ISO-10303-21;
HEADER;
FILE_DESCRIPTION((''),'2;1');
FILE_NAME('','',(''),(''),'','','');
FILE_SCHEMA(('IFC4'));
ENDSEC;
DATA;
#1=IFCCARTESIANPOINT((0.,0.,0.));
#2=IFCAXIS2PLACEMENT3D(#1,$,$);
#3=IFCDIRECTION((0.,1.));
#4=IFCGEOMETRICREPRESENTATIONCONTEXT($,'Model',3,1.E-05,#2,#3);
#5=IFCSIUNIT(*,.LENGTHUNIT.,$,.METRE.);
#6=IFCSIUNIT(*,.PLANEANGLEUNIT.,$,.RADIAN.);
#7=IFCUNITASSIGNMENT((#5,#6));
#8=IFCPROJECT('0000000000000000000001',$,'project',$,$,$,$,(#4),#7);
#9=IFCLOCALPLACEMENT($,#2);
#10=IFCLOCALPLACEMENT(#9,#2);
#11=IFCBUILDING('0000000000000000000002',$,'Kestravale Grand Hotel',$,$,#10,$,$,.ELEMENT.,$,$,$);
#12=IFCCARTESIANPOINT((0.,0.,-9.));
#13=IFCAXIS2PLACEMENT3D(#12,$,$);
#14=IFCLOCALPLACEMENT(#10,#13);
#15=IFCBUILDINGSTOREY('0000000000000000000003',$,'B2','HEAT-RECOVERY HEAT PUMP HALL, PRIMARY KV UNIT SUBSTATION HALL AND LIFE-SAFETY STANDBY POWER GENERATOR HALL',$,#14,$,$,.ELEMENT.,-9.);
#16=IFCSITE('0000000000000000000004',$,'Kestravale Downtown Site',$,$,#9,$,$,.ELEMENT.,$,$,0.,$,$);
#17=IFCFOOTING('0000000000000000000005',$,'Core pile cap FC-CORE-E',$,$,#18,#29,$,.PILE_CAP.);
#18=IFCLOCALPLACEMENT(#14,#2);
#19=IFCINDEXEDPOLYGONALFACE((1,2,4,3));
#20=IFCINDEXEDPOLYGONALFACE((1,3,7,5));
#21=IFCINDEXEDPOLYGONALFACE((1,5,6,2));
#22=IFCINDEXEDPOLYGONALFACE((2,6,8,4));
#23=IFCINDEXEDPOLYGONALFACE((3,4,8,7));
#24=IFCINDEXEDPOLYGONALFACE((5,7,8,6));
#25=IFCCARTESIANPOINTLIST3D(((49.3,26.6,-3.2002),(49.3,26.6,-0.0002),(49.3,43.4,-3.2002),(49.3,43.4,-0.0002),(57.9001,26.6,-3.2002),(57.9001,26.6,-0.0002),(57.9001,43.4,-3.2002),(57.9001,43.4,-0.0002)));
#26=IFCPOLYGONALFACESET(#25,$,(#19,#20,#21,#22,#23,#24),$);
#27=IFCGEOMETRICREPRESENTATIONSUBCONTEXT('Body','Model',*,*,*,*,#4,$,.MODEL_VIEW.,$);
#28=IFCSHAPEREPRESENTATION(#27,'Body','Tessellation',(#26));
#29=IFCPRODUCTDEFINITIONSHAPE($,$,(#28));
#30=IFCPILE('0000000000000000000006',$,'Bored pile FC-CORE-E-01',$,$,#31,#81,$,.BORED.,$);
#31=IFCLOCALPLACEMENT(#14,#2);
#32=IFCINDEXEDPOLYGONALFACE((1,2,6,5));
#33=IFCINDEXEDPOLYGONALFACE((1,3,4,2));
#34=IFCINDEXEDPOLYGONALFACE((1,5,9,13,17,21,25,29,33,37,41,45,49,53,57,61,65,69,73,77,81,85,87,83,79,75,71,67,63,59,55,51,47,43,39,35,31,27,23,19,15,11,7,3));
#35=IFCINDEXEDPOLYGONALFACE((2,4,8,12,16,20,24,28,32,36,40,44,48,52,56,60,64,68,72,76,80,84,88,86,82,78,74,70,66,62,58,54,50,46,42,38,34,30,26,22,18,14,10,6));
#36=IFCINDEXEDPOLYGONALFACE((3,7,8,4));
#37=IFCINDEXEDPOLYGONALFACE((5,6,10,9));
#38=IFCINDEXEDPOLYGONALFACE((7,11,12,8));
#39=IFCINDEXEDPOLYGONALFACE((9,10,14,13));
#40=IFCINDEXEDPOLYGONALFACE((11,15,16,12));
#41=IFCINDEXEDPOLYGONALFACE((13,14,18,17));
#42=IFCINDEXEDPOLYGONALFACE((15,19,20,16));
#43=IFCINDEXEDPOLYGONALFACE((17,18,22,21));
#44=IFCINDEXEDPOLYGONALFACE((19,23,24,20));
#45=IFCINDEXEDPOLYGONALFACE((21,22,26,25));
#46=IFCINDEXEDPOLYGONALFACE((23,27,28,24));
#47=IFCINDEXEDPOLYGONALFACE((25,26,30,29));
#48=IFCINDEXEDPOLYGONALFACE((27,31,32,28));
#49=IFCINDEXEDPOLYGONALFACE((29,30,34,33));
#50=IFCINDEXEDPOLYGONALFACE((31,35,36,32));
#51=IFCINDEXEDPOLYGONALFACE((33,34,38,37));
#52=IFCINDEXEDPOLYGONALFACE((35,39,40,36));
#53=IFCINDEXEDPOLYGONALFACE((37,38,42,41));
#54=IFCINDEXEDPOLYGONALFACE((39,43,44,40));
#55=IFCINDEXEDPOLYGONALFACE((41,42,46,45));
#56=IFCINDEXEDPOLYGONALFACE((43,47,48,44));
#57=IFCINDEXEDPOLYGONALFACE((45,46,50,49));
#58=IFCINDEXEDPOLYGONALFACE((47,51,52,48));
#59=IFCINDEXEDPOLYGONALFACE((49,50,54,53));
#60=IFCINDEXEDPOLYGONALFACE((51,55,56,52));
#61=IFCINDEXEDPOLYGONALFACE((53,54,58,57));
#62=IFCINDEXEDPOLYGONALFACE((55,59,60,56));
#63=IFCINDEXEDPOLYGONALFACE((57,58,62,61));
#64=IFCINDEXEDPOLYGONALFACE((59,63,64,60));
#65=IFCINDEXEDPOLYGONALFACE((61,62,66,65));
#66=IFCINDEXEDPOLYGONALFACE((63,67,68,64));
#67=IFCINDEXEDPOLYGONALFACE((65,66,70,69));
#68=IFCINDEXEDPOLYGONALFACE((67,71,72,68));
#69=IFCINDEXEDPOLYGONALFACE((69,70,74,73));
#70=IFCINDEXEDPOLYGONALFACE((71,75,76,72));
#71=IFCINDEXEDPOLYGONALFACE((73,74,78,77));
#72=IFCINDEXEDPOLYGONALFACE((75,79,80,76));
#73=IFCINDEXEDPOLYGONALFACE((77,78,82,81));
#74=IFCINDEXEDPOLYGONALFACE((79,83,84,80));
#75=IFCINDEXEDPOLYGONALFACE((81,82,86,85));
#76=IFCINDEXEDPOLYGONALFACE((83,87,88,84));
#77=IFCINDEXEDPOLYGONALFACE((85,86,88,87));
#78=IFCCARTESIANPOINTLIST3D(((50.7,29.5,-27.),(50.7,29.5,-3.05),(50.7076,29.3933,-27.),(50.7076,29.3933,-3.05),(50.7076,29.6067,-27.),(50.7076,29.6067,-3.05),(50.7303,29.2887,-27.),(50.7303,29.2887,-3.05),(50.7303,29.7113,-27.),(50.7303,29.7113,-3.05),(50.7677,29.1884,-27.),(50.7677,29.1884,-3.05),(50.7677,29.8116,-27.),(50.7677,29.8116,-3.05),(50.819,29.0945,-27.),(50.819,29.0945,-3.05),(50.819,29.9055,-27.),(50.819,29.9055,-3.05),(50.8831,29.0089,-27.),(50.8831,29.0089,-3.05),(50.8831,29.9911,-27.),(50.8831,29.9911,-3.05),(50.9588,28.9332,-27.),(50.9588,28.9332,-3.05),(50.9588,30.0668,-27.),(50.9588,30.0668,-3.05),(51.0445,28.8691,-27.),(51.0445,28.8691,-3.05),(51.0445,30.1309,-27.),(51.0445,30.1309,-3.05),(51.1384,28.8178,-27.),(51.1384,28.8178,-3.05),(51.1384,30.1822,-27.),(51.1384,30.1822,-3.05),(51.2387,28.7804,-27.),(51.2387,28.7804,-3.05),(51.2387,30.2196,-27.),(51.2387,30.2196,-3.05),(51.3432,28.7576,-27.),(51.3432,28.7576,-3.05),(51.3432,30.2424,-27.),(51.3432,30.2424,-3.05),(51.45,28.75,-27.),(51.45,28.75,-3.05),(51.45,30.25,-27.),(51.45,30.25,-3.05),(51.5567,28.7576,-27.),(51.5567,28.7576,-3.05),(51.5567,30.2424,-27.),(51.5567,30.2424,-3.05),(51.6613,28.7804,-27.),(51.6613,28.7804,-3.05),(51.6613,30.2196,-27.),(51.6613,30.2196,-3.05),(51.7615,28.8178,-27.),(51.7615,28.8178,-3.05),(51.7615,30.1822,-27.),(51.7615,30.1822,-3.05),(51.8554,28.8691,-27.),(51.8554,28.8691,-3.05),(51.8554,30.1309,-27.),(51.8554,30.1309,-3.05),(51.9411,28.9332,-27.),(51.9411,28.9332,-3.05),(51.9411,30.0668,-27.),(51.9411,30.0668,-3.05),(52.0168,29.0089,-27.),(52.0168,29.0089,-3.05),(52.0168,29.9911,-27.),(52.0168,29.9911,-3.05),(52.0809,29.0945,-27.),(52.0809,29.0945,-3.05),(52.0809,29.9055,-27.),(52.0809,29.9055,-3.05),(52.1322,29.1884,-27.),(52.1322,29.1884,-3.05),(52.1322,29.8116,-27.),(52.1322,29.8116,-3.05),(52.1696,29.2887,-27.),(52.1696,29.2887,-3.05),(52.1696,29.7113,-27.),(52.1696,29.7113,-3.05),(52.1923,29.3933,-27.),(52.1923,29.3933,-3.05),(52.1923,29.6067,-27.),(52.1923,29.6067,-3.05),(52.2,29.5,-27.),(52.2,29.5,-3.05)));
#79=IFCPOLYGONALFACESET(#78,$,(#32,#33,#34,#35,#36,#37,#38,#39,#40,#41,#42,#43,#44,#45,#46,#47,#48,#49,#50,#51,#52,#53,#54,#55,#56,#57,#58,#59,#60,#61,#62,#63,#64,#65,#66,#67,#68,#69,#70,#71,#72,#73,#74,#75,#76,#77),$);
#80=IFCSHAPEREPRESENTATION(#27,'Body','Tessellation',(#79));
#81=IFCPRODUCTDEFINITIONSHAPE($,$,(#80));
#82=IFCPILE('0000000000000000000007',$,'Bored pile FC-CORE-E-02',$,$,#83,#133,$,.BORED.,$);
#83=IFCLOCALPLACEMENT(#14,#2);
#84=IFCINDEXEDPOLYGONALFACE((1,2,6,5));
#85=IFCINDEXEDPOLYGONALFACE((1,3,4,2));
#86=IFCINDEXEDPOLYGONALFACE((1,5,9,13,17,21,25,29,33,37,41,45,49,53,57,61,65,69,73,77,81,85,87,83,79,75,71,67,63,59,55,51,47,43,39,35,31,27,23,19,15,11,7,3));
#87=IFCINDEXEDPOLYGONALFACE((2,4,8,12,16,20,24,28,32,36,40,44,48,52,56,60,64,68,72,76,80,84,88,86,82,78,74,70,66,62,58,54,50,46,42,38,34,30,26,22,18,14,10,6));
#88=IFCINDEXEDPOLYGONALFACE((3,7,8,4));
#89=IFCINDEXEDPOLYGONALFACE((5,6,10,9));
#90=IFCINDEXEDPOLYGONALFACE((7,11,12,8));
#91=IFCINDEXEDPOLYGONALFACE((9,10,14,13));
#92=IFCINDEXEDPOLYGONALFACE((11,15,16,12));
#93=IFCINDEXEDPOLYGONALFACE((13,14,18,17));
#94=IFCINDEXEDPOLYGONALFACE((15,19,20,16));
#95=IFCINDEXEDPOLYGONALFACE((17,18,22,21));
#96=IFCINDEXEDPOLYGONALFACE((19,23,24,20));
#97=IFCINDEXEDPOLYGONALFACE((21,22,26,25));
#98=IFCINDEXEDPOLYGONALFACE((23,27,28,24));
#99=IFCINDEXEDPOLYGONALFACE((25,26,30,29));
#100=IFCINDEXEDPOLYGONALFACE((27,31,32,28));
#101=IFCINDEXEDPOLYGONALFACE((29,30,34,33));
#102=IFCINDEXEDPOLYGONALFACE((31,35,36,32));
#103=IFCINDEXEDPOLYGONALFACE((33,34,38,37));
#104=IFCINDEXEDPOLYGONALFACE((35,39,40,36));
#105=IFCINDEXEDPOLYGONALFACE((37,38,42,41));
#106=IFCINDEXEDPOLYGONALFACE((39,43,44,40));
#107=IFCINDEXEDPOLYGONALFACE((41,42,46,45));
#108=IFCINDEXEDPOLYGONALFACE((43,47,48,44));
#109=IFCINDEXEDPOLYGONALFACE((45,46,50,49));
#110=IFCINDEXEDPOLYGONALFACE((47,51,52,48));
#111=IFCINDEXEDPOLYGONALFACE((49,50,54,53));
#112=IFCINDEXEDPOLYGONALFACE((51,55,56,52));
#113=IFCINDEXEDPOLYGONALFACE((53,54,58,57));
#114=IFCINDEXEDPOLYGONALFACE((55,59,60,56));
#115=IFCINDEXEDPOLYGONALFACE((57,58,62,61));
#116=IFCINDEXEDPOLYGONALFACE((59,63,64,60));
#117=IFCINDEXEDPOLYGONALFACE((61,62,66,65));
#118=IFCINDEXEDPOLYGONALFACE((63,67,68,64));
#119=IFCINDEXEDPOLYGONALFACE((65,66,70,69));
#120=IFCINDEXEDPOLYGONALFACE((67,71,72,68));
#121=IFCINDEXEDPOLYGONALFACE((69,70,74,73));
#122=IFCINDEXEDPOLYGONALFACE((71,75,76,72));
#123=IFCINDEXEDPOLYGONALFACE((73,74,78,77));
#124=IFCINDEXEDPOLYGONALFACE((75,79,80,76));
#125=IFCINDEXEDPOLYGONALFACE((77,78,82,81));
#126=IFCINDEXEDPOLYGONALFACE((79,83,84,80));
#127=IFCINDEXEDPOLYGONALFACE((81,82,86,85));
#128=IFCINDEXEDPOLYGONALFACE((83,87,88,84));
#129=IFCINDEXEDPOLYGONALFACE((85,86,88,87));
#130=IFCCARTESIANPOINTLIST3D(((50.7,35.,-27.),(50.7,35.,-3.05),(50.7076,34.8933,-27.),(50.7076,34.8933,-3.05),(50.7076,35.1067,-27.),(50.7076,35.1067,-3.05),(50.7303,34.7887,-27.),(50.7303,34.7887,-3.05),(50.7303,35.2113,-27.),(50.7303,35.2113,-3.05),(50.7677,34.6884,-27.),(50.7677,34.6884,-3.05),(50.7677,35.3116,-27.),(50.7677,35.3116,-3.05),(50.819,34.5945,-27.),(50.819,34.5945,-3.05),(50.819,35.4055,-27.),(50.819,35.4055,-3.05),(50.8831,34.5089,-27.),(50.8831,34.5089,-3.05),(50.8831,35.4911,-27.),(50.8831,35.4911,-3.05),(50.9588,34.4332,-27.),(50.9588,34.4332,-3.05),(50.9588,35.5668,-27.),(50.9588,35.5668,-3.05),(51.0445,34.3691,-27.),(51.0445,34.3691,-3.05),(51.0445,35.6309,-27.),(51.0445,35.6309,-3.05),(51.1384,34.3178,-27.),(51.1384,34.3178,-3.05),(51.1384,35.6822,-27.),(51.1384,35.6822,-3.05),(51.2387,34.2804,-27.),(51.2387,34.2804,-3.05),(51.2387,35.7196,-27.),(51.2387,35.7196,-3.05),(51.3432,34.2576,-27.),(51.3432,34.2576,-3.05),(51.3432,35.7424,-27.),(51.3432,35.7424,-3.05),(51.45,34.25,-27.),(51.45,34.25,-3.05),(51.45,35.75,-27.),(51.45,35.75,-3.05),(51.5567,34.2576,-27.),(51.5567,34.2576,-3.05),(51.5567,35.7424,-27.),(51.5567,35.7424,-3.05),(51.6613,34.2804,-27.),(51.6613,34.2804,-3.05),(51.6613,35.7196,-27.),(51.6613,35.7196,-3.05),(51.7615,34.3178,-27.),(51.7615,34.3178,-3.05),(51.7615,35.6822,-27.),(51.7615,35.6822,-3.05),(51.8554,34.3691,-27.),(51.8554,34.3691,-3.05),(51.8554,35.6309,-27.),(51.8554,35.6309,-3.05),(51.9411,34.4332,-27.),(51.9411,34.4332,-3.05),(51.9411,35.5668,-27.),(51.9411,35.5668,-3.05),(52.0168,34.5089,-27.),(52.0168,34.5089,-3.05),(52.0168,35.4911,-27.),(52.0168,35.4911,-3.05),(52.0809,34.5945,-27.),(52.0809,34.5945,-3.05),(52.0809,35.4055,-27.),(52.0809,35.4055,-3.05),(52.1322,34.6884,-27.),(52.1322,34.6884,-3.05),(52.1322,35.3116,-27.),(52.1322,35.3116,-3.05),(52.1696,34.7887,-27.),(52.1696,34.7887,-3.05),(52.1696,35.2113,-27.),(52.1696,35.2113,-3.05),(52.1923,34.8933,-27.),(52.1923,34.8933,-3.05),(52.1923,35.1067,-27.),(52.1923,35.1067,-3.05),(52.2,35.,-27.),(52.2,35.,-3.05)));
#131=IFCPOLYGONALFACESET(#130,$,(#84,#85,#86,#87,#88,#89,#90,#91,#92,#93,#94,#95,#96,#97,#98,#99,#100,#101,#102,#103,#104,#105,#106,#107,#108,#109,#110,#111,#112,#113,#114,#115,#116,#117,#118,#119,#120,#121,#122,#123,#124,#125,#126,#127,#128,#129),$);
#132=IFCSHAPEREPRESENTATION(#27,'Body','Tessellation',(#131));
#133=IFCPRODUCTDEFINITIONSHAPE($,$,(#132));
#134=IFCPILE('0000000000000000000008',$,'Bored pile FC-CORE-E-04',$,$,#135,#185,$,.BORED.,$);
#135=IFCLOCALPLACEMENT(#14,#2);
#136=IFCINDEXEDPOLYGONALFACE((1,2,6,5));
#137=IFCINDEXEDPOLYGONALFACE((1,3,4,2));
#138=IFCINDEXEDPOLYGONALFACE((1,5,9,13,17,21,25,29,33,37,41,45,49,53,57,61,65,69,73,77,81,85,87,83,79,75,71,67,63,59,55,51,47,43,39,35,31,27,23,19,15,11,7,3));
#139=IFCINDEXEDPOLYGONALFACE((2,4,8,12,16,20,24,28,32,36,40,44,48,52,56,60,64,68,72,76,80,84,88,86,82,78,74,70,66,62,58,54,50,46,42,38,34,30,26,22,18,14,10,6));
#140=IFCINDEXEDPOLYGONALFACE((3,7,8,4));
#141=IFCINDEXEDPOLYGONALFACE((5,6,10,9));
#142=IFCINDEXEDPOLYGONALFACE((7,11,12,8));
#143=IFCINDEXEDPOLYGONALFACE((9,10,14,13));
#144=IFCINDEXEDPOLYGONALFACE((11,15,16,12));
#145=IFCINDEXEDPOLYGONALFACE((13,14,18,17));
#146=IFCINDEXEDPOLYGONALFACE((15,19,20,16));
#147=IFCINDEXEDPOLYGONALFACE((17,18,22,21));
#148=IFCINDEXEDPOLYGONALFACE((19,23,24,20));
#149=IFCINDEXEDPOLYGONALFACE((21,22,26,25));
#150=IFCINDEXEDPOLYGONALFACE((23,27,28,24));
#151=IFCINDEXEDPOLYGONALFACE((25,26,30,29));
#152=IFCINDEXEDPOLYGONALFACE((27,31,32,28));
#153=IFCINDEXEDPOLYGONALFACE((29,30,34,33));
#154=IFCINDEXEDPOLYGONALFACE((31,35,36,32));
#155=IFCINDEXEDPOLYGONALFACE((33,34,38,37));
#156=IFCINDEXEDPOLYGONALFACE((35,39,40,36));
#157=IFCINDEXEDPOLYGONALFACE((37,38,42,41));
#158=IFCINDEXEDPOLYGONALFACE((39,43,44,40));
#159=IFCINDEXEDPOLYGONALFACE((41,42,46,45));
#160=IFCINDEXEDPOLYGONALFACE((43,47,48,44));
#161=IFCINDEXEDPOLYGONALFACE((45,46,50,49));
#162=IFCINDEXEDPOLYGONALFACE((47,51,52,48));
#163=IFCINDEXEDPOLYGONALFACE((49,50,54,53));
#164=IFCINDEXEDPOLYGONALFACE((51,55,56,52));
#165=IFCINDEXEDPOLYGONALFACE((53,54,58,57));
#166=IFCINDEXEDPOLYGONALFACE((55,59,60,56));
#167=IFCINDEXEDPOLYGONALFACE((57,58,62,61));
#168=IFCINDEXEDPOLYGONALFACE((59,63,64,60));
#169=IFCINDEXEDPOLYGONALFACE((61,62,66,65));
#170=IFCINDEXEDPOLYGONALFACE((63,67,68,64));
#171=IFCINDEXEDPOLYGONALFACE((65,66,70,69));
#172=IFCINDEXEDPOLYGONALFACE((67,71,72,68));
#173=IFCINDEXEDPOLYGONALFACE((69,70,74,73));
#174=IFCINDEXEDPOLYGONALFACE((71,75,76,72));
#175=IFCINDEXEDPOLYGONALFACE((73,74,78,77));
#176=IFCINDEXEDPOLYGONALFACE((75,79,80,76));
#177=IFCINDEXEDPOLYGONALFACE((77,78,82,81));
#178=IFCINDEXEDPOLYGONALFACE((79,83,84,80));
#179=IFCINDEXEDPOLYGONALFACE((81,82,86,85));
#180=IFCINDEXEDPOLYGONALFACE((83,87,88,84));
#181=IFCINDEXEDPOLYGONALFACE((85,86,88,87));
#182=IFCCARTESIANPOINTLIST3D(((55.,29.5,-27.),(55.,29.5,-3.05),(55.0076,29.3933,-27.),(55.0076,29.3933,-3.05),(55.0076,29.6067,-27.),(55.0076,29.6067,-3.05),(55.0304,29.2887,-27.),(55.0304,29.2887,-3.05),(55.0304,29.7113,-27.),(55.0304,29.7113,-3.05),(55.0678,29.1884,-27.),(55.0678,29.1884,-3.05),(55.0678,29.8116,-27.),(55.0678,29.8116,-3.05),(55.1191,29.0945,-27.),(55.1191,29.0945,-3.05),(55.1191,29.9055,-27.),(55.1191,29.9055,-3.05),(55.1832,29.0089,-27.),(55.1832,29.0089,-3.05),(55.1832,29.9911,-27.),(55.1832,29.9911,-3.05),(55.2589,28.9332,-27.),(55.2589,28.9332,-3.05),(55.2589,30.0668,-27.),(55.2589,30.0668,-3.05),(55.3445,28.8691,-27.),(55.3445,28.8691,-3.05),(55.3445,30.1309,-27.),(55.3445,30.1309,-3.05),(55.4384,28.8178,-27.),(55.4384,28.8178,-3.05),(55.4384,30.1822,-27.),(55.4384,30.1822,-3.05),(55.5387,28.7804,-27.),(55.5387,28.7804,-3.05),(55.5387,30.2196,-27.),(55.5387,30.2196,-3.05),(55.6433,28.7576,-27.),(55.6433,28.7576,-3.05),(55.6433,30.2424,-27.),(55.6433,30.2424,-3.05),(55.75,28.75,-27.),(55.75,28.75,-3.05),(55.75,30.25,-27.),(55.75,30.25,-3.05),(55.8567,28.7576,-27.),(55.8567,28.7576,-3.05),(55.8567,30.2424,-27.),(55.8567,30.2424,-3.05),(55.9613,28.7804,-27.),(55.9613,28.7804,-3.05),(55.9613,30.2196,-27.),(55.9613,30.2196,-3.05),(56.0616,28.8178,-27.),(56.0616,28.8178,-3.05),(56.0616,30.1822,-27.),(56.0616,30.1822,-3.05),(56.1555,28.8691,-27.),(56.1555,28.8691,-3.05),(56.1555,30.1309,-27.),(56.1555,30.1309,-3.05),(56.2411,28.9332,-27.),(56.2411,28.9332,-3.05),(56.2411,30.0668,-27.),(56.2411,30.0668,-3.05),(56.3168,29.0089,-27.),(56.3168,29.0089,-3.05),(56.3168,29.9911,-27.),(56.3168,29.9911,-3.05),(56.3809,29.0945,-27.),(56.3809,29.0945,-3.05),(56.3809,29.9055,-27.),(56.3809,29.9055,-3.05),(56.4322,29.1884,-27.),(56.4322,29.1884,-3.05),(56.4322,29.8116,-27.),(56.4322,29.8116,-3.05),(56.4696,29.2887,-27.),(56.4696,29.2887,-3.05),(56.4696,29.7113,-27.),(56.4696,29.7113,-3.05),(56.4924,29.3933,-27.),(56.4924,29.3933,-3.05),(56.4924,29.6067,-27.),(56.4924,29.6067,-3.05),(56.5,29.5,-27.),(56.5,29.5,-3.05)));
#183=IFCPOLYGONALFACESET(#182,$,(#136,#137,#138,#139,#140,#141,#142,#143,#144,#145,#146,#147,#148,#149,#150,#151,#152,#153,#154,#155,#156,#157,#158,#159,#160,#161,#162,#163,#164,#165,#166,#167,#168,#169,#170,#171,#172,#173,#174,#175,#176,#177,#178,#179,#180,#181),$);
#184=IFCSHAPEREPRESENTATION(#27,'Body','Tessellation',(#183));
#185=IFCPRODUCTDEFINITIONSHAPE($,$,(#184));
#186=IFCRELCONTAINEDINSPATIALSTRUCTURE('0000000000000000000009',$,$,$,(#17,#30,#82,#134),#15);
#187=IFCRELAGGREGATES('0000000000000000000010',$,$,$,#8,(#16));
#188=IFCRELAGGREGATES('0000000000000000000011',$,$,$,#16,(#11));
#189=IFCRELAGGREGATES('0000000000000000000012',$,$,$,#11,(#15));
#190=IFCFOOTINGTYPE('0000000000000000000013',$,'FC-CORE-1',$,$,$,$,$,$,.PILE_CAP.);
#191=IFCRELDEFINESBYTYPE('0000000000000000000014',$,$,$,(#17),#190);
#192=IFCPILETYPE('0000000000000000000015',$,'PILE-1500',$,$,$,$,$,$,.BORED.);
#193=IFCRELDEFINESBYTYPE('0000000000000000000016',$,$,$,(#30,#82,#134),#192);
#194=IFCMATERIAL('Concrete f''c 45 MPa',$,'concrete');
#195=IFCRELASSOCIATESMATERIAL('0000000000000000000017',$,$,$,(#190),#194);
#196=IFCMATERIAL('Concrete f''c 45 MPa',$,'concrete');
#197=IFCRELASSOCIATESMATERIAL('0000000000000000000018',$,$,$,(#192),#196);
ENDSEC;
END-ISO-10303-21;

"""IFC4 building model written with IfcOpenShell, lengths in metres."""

from ifc_helpers import new_model, si_unit, direction, frame, origin, origin_2d, place, context, subcontext, project, spatial, rectangle, circle, extrude, material, material_profile, profile_set, type_object, element, save


model = new_model("IFC4")

# Units and contexts
model_context = context("Model", 3, precision=1e-05, world=origin(), true_north=direction((0.0, 1.0)))
body_context = subcontext(model_context, "Body", "Model", "MODEL_VIEW")
ifc_project = project(units=[si_unit("LENGTHUNIT", "METRE"), si_unit("PLANEANGLEUNIT", "RADIAN")], contexts=[model_context])

# Site, building, storey
site_placement = place(None, origin())
site = spatial("IfcSite", under=ifc_project, at=site_placement, Name="Kestravale Downtown Site", CompositionType="ELEMENT", RefElevation=0.0)
building_placement = place(site_placement, origin())
building = spatial("IfcBuilding", under=site, at=building_placement, Name="Kestravale Grand Hotel", CompositionType="ELEMENT")
storey_placement = place(building_placement, frame((0.0, 0.0, -9.0)))
storey = spatial("IfcBuildingStorey", under=building, at=storey_placement, Name="B2", Description="HEAT-RECOVERY HEAT PUMP HALL, PRIMARY KV UNIT SUBSTATION HALL AND LIFE-SAFETY STANDBY POWER GENERATOR HALL", CompositionType="ELEMENT", Elevation=-9.0)

# Footing
ifc_material_1 = material(Name="Concrete f'c 45 MPa", Category="concrete")
footing_type = type_object("IfcFootingType", Name="FC-CORE-1", PredefinedType="PILE_CAP", material=ifc_material_1)
footing_placement = place(storey_placement, frame((53.6001, 35.0, -3.2002), z_axis=(0.0, 0.0, 1.0), x_axis=(1.0, 0.0, 0.0)))
element("IfcFooting", 1, at=footing_placement, inside=storey, type_object=footing_type, Name="Core pile cap FC-CORE-E", PredefinedType="PILE_CAP", context=body_context, shape_type="SweptSolid", body=[
    extrude(rectangle(XDim=8.6001, YDim=16.8, at=origin_2d()), origin(), (0.0, 0.0, 1.0), 3.2),
])

# Piles
ifc_material_2 = material(Name="Concrete f'c 45 MPa", Category="concrete")
ifc_material_profile_1 = material_profile(ifc_material_2, circle(Radius=0.75, at=origin_2d()))
ifc_profile_set_1 = profile_set([ifc_material_profile_1], Name="Concrete f'c 45 MPa")
pile_type_1 = type_object("IfcPileType", Name="PILE-1500", PredefinedType="BORED", material=ifc_profile_set_1)
for number, where, z_axis, x_axis, name in (
    (2, (51.45, 29.5, -3.05), (0.0, 0.0, -1.0), (1.0, 0.0, 0.0), "Bored pile FC-CORE-E-01"),
    (3, (51.45, 35.0, -3.05), (0.0, 0.0, -1.0), (1.0, 0.0, 0.0), "Bored pile FC-CORE-E-02"),
    (4, (55.75, 29.5, -3.05), (0.0, 0.0, -1.0), (1.0, 0.0, 0.0), "Bored pile FC-CORE-E-04"),
):
    element("IfcPile", number, at=place(storey_placement, frame(where, z_axis=z_axis, x_axis=x_axis)), inside=storey, type_object=pile_type_1, Name=name, PredefinedType="BORED", context=body_context, shape_type="SweptSolid", body=[
        extrude(circle(Radius=0.75, at=origin_2d()), origin(), (0.0, 0.0, 1.0), 23.95),
    ])

save(model, "model.ifc")
